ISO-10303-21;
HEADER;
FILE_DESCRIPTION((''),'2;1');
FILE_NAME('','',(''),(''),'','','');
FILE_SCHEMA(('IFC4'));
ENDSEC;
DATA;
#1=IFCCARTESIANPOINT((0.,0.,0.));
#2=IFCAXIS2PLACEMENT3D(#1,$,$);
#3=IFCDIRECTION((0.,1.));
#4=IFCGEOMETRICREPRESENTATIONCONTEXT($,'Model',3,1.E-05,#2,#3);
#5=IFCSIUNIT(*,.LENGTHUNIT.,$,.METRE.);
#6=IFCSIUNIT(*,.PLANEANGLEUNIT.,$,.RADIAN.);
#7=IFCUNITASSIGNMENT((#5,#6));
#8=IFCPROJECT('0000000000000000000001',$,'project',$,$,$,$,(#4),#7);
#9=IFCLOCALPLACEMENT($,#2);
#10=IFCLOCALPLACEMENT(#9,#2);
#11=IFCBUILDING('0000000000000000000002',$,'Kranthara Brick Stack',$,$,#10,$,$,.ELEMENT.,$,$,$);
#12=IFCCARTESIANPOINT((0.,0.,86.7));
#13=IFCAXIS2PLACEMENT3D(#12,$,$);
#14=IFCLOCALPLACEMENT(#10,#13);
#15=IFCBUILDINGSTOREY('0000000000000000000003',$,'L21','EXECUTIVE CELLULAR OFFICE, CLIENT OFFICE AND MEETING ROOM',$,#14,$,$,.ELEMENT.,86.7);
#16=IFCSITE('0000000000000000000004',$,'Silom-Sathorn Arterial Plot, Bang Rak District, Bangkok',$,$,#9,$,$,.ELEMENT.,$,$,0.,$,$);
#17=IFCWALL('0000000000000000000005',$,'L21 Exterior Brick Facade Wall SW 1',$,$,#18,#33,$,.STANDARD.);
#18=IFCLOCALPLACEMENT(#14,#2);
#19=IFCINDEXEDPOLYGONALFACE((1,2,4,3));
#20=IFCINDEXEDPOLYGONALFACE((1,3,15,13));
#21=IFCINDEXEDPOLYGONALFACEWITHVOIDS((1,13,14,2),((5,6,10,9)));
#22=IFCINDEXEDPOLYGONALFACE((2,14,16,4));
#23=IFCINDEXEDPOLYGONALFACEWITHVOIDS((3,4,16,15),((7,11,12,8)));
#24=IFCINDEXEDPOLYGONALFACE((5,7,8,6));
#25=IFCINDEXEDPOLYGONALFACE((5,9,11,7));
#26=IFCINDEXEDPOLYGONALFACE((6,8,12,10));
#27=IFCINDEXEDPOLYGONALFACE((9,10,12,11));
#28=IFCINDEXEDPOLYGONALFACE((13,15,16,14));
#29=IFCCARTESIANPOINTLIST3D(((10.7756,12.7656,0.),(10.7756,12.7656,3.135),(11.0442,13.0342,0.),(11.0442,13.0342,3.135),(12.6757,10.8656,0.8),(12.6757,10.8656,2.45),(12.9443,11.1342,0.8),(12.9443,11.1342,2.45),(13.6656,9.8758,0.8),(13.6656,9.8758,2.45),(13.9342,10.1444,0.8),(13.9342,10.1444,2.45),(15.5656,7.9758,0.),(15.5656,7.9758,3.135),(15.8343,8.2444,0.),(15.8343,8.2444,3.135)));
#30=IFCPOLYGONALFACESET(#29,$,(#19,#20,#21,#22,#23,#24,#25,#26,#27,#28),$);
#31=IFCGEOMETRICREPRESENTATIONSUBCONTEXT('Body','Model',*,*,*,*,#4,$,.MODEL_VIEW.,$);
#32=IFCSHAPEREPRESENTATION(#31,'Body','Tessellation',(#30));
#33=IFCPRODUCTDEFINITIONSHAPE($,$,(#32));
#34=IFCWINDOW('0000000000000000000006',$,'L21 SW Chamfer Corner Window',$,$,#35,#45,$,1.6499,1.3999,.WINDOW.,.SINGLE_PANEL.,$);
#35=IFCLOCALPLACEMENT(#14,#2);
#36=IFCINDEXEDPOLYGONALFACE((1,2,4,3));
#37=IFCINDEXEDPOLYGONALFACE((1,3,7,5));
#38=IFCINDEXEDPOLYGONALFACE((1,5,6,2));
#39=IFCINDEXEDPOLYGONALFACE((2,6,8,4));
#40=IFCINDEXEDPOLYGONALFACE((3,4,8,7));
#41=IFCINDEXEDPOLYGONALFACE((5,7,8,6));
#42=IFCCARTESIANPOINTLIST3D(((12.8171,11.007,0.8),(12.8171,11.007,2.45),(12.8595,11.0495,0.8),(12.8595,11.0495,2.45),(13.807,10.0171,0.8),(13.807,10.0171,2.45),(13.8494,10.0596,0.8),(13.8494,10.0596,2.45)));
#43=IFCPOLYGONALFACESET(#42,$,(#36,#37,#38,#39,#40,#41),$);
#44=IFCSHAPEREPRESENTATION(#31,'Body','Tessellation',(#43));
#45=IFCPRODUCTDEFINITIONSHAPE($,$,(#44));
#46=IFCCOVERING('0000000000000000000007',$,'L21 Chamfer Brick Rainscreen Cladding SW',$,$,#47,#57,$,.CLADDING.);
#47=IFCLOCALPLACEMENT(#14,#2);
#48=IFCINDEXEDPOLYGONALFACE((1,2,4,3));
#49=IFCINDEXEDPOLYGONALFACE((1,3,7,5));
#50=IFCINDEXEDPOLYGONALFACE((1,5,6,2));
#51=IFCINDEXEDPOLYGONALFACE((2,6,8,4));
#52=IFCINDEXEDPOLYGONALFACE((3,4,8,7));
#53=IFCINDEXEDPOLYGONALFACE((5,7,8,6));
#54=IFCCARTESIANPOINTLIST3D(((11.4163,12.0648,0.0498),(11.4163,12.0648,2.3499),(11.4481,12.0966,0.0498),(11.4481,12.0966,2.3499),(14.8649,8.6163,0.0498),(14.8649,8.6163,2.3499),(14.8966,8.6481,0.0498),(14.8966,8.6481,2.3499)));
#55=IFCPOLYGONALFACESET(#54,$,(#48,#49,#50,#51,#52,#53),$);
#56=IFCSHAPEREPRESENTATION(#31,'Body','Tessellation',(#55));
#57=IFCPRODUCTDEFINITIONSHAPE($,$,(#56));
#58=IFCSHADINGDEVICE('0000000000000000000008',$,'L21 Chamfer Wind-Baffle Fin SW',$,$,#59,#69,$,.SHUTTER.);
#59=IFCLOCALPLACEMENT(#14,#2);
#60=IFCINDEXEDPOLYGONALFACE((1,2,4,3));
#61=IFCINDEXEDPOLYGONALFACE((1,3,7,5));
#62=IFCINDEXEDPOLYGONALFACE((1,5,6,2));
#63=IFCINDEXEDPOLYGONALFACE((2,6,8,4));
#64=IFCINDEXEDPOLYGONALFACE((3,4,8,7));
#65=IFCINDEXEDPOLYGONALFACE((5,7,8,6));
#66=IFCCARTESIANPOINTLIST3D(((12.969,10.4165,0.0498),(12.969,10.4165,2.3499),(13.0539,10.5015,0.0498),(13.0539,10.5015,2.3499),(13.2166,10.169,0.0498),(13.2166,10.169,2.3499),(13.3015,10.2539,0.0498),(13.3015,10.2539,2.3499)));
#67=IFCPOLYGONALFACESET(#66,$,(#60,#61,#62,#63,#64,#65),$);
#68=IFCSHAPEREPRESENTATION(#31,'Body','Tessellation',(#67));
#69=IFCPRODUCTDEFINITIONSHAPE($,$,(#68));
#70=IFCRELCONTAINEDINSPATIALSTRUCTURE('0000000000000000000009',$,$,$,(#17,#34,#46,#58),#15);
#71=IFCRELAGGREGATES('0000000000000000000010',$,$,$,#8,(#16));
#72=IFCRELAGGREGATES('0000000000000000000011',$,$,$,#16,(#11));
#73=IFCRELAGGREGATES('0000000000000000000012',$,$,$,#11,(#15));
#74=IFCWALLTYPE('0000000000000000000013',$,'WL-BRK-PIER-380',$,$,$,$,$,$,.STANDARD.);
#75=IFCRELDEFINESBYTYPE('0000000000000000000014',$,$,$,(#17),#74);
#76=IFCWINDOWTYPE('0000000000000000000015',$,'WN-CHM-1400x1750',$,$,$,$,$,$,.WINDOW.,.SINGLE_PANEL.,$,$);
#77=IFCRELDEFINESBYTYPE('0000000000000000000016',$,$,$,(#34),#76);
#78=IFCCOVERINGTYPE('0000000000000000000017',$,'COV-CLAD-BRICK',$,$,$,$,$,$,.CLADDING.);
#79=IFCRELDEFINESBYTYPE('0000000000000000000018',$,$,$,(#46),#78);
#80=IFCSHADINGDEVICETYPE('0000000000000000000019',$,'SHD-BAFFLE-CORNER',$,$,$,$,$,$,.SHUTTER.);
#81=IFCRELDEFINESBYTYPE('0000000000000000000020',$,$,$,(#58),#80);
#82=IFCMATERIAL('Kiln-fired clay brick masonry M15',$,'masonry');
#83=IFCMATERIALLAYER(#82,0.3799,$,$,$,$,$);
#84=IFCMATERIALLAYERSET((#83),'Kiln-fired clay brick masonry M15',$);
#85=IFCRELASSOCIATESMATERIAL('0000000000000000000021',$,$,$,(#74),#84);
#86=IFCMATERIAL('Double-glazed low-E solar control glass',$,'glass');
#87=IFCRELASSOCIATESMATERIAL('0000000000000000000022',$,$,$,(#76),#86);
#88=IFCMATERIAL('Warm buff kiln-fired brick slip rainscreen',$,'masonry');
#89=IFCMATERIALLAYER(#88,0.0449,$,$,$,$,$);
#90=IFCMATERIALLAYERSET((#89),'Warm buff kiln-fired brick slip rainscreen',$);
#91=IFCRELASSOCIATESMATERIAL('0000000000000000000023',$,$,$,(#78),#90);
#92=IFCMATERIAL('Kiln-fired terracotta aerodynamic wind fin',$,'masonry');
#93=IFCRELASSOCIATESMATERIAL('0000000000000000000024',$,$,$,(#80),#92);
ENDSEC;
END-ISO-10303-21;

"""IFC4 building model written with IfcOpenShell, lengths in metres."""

from ifc_helpers import new_model, si_unit, direction, frame, frame_2d, origin, origin_2d, place, context, subcontext, project, spatial, rectangle, extrude, material, layer, layer_set, type_object, element, fill, save


model = new_model("IFC4")

# Units and contexts
model_context = context("Model", 3, precision=1e-05, world=origin(), true_north=direction((0.0, 1.0)))
body_context = subcontext(model_context, "Body", "Model", "MODEL_VIEW")
ifc_project = project(units=[si_unit("LENGTHUNIT", "METRE"), si_unit("PLANEANGLEUNIT", "RADIAN")], contexts=[model_context])

# Site, building, storey
site_placement = place(None, origin())
site = spatial("IfcSite", under=ifc_project, at=site_placement, Name="Silom-Sathorn Arterial Plot, Bang Rak District, Bangkok", CompositionType="ELEMENT", RefElevation=0.0)
building_placement = place(site_placement, origin())
building = spatial("IfcBuilding", under=site, at=building_placement, Name="Kranthara Brick Stack", CompositionType="ELEMENT")
storey_placement = place(building_placement, frame((0.0, 0.0, 86.7)))
storey = spatial("IfcBuildingStorey", under=building, at=storey_placement, Name="L21", Description="EXECUTIVE CELLULAR OFFICE, CLIENT OFFICE AND MEETING ROOM", CompositionType="ELEMENT", Elevation=86.7)

# Wall, opening, window
ifc_material_1 = material(Name="Kiln-fired clay brick masonry M15", Category="masonry")
ifc_layer_1 = layer(ifc_material_1, 0.3799)
ifc_layer_set_1 = layer_set([ifc_layer_1], Name="Kiln-fired clay brick masonry M15")
wall_type = type_object("IfcWallType", Name="WL-BRK-PIER-380", PredefinedType="STANDARD", material=ifc_layer_set_1)
wall_placement = place(storey_placement, frame((15.7, 8.1101, 0.0), z_axis=(0.0, 0.0, 1.0), x_axis=(-0.707125, 0.707089, 0.0)))
wall = element("IfcWall", 1, at=wall_placement, inside=storey, type_object=wall_type, Name="L21 Exterior Brick Facade Wall SW 1", PredefinedType="STANDARD", context=body_context, shape_type="SweptSolid", body=[
    extrude(rectangle(XDim=6.7739, YDim=0.3799, at=frame_2d((3.387, 0.0))), origin(), (0.0, 0.0, 1.0), 3.135),
])
opening_placement = place(wall_placement, frame((2.687, 0.0, 0.8)))
opening = element("IfcOpeningElement", 2, at=opening_placement, cuts=wall, PredefinedType="OPENING", context=body_context, shape_type="SweptSolid", body=[
    extrude(rectangle(XDim=1.3999, YDim=1.6499, at=frame_2d((0.7, 0.825))), frame((0.0, 0.2, 0.0), z_axis=(0.0, -1.0, 0.0), x_axis=(1.0, 0.0, 0.0)), (0.0, 0.0, 1.0), 0.3999),
])
ifc_material_2 = material(Name="Double-glazed low-E solar control glass", Category="glass")
window_type = type_object("IfcWindowType", Name="WN-CHM-1400x1750", PartitioningType="SINGLE_PANEL", PredefinedType="WINDOW", material=ifc_material_2)
window_placement = place(opening_placement, origin())
window = element("IfcWindow", 3, at=window_placement, inside=storey, type_object=window_type, Name="L21 SW Chamfer Corner Window", OverallHeight=1.6499, OverallWidth=1.3999, PartitioningType="SINGLE_PANEL", PredefinedType="WINDOW", context=body_context, shape_type="SweptSolid", body=[
    extrude(rectangle(XDim=1.3999, YDim=1.6499, at=frame_2d((0.7, 0.825))), frame((0.0, -0.01, 0.0), z_axis=(0.0, -1.0, 0.0), x_axis=(1.0, 0.0, 0.0)), (0.0, 0.0, 1.0), 0.0601),
])
fill(opening, window)

# Covering
ifc_material_3 = material(Name="Warm buff kiln-fired brick slip rainscreen", Category="masonry")
ifc_layer_2 = layer(ifc_material_3, 0.0449)
ifc_layer_set_2 = layer_set([ifc_layer_2], Name="Warm buff kiln-fired brick slip rainscreen")
covering_type = type_object("IfcCoveringType", Name="COV-CLAD-BRICK", PredefinedType="CLADDING", material=ifc_layer_set_2)
covering_placement = place(storey_placement, frame((13.1565, 10.3564, 0.0498), z_axis=(0.0, 0.0, 1.0), x_axis=(-0.707107, 0.707107, 0.0)))
element("IfcCovering", 4, at=covering_placement, inside=storey, type_object=covering_type, Name="L21 Chamfer Brick Rainscreen Cladding SW", PredefinedType="CLADDING", context=body_context, shape_type="SweptSolid", body=[
    extrude(rectangle(XDim=4.877, YDim=0.0449, at=origin_2d()), origin(), (0.0, 0.0, 1.0), 2.3),
])

# Shading device
ifc_material_4 = material(Name="Kiln-fired terracotta aerodynamic wind fin", Category="masonry")
shading_device_type = type_object("IfcShadingDeviceType", Name="SHD-BAFFLE-CORNER", PredefinedType="SHUTTER", material=ifc_material_4)
shading_device_placement = place(storey_placement, frame((13.1353, 10.3352, 0.0498), z_axis=(0.0, 0.0, 1.0), x_axis=(-0.707107, 0.707107, 0.0)))
element("IfcShadingDevice", 5, at=shading_device_placement, inside=storey, type_object=shading_device_type, Name="L21 Chamfer Wind-Baffle Fin SW", PredefinedType="SHUTTER", context=body_context, shape_type="SweptSolid", body=[
    extrude(rectangle(XDim=0.3501, YDim=0.1201, at=origin_2d()), origin(), (0.0, 0.0, 1.0), 2.3),
])

save(model, "model.ifc")
